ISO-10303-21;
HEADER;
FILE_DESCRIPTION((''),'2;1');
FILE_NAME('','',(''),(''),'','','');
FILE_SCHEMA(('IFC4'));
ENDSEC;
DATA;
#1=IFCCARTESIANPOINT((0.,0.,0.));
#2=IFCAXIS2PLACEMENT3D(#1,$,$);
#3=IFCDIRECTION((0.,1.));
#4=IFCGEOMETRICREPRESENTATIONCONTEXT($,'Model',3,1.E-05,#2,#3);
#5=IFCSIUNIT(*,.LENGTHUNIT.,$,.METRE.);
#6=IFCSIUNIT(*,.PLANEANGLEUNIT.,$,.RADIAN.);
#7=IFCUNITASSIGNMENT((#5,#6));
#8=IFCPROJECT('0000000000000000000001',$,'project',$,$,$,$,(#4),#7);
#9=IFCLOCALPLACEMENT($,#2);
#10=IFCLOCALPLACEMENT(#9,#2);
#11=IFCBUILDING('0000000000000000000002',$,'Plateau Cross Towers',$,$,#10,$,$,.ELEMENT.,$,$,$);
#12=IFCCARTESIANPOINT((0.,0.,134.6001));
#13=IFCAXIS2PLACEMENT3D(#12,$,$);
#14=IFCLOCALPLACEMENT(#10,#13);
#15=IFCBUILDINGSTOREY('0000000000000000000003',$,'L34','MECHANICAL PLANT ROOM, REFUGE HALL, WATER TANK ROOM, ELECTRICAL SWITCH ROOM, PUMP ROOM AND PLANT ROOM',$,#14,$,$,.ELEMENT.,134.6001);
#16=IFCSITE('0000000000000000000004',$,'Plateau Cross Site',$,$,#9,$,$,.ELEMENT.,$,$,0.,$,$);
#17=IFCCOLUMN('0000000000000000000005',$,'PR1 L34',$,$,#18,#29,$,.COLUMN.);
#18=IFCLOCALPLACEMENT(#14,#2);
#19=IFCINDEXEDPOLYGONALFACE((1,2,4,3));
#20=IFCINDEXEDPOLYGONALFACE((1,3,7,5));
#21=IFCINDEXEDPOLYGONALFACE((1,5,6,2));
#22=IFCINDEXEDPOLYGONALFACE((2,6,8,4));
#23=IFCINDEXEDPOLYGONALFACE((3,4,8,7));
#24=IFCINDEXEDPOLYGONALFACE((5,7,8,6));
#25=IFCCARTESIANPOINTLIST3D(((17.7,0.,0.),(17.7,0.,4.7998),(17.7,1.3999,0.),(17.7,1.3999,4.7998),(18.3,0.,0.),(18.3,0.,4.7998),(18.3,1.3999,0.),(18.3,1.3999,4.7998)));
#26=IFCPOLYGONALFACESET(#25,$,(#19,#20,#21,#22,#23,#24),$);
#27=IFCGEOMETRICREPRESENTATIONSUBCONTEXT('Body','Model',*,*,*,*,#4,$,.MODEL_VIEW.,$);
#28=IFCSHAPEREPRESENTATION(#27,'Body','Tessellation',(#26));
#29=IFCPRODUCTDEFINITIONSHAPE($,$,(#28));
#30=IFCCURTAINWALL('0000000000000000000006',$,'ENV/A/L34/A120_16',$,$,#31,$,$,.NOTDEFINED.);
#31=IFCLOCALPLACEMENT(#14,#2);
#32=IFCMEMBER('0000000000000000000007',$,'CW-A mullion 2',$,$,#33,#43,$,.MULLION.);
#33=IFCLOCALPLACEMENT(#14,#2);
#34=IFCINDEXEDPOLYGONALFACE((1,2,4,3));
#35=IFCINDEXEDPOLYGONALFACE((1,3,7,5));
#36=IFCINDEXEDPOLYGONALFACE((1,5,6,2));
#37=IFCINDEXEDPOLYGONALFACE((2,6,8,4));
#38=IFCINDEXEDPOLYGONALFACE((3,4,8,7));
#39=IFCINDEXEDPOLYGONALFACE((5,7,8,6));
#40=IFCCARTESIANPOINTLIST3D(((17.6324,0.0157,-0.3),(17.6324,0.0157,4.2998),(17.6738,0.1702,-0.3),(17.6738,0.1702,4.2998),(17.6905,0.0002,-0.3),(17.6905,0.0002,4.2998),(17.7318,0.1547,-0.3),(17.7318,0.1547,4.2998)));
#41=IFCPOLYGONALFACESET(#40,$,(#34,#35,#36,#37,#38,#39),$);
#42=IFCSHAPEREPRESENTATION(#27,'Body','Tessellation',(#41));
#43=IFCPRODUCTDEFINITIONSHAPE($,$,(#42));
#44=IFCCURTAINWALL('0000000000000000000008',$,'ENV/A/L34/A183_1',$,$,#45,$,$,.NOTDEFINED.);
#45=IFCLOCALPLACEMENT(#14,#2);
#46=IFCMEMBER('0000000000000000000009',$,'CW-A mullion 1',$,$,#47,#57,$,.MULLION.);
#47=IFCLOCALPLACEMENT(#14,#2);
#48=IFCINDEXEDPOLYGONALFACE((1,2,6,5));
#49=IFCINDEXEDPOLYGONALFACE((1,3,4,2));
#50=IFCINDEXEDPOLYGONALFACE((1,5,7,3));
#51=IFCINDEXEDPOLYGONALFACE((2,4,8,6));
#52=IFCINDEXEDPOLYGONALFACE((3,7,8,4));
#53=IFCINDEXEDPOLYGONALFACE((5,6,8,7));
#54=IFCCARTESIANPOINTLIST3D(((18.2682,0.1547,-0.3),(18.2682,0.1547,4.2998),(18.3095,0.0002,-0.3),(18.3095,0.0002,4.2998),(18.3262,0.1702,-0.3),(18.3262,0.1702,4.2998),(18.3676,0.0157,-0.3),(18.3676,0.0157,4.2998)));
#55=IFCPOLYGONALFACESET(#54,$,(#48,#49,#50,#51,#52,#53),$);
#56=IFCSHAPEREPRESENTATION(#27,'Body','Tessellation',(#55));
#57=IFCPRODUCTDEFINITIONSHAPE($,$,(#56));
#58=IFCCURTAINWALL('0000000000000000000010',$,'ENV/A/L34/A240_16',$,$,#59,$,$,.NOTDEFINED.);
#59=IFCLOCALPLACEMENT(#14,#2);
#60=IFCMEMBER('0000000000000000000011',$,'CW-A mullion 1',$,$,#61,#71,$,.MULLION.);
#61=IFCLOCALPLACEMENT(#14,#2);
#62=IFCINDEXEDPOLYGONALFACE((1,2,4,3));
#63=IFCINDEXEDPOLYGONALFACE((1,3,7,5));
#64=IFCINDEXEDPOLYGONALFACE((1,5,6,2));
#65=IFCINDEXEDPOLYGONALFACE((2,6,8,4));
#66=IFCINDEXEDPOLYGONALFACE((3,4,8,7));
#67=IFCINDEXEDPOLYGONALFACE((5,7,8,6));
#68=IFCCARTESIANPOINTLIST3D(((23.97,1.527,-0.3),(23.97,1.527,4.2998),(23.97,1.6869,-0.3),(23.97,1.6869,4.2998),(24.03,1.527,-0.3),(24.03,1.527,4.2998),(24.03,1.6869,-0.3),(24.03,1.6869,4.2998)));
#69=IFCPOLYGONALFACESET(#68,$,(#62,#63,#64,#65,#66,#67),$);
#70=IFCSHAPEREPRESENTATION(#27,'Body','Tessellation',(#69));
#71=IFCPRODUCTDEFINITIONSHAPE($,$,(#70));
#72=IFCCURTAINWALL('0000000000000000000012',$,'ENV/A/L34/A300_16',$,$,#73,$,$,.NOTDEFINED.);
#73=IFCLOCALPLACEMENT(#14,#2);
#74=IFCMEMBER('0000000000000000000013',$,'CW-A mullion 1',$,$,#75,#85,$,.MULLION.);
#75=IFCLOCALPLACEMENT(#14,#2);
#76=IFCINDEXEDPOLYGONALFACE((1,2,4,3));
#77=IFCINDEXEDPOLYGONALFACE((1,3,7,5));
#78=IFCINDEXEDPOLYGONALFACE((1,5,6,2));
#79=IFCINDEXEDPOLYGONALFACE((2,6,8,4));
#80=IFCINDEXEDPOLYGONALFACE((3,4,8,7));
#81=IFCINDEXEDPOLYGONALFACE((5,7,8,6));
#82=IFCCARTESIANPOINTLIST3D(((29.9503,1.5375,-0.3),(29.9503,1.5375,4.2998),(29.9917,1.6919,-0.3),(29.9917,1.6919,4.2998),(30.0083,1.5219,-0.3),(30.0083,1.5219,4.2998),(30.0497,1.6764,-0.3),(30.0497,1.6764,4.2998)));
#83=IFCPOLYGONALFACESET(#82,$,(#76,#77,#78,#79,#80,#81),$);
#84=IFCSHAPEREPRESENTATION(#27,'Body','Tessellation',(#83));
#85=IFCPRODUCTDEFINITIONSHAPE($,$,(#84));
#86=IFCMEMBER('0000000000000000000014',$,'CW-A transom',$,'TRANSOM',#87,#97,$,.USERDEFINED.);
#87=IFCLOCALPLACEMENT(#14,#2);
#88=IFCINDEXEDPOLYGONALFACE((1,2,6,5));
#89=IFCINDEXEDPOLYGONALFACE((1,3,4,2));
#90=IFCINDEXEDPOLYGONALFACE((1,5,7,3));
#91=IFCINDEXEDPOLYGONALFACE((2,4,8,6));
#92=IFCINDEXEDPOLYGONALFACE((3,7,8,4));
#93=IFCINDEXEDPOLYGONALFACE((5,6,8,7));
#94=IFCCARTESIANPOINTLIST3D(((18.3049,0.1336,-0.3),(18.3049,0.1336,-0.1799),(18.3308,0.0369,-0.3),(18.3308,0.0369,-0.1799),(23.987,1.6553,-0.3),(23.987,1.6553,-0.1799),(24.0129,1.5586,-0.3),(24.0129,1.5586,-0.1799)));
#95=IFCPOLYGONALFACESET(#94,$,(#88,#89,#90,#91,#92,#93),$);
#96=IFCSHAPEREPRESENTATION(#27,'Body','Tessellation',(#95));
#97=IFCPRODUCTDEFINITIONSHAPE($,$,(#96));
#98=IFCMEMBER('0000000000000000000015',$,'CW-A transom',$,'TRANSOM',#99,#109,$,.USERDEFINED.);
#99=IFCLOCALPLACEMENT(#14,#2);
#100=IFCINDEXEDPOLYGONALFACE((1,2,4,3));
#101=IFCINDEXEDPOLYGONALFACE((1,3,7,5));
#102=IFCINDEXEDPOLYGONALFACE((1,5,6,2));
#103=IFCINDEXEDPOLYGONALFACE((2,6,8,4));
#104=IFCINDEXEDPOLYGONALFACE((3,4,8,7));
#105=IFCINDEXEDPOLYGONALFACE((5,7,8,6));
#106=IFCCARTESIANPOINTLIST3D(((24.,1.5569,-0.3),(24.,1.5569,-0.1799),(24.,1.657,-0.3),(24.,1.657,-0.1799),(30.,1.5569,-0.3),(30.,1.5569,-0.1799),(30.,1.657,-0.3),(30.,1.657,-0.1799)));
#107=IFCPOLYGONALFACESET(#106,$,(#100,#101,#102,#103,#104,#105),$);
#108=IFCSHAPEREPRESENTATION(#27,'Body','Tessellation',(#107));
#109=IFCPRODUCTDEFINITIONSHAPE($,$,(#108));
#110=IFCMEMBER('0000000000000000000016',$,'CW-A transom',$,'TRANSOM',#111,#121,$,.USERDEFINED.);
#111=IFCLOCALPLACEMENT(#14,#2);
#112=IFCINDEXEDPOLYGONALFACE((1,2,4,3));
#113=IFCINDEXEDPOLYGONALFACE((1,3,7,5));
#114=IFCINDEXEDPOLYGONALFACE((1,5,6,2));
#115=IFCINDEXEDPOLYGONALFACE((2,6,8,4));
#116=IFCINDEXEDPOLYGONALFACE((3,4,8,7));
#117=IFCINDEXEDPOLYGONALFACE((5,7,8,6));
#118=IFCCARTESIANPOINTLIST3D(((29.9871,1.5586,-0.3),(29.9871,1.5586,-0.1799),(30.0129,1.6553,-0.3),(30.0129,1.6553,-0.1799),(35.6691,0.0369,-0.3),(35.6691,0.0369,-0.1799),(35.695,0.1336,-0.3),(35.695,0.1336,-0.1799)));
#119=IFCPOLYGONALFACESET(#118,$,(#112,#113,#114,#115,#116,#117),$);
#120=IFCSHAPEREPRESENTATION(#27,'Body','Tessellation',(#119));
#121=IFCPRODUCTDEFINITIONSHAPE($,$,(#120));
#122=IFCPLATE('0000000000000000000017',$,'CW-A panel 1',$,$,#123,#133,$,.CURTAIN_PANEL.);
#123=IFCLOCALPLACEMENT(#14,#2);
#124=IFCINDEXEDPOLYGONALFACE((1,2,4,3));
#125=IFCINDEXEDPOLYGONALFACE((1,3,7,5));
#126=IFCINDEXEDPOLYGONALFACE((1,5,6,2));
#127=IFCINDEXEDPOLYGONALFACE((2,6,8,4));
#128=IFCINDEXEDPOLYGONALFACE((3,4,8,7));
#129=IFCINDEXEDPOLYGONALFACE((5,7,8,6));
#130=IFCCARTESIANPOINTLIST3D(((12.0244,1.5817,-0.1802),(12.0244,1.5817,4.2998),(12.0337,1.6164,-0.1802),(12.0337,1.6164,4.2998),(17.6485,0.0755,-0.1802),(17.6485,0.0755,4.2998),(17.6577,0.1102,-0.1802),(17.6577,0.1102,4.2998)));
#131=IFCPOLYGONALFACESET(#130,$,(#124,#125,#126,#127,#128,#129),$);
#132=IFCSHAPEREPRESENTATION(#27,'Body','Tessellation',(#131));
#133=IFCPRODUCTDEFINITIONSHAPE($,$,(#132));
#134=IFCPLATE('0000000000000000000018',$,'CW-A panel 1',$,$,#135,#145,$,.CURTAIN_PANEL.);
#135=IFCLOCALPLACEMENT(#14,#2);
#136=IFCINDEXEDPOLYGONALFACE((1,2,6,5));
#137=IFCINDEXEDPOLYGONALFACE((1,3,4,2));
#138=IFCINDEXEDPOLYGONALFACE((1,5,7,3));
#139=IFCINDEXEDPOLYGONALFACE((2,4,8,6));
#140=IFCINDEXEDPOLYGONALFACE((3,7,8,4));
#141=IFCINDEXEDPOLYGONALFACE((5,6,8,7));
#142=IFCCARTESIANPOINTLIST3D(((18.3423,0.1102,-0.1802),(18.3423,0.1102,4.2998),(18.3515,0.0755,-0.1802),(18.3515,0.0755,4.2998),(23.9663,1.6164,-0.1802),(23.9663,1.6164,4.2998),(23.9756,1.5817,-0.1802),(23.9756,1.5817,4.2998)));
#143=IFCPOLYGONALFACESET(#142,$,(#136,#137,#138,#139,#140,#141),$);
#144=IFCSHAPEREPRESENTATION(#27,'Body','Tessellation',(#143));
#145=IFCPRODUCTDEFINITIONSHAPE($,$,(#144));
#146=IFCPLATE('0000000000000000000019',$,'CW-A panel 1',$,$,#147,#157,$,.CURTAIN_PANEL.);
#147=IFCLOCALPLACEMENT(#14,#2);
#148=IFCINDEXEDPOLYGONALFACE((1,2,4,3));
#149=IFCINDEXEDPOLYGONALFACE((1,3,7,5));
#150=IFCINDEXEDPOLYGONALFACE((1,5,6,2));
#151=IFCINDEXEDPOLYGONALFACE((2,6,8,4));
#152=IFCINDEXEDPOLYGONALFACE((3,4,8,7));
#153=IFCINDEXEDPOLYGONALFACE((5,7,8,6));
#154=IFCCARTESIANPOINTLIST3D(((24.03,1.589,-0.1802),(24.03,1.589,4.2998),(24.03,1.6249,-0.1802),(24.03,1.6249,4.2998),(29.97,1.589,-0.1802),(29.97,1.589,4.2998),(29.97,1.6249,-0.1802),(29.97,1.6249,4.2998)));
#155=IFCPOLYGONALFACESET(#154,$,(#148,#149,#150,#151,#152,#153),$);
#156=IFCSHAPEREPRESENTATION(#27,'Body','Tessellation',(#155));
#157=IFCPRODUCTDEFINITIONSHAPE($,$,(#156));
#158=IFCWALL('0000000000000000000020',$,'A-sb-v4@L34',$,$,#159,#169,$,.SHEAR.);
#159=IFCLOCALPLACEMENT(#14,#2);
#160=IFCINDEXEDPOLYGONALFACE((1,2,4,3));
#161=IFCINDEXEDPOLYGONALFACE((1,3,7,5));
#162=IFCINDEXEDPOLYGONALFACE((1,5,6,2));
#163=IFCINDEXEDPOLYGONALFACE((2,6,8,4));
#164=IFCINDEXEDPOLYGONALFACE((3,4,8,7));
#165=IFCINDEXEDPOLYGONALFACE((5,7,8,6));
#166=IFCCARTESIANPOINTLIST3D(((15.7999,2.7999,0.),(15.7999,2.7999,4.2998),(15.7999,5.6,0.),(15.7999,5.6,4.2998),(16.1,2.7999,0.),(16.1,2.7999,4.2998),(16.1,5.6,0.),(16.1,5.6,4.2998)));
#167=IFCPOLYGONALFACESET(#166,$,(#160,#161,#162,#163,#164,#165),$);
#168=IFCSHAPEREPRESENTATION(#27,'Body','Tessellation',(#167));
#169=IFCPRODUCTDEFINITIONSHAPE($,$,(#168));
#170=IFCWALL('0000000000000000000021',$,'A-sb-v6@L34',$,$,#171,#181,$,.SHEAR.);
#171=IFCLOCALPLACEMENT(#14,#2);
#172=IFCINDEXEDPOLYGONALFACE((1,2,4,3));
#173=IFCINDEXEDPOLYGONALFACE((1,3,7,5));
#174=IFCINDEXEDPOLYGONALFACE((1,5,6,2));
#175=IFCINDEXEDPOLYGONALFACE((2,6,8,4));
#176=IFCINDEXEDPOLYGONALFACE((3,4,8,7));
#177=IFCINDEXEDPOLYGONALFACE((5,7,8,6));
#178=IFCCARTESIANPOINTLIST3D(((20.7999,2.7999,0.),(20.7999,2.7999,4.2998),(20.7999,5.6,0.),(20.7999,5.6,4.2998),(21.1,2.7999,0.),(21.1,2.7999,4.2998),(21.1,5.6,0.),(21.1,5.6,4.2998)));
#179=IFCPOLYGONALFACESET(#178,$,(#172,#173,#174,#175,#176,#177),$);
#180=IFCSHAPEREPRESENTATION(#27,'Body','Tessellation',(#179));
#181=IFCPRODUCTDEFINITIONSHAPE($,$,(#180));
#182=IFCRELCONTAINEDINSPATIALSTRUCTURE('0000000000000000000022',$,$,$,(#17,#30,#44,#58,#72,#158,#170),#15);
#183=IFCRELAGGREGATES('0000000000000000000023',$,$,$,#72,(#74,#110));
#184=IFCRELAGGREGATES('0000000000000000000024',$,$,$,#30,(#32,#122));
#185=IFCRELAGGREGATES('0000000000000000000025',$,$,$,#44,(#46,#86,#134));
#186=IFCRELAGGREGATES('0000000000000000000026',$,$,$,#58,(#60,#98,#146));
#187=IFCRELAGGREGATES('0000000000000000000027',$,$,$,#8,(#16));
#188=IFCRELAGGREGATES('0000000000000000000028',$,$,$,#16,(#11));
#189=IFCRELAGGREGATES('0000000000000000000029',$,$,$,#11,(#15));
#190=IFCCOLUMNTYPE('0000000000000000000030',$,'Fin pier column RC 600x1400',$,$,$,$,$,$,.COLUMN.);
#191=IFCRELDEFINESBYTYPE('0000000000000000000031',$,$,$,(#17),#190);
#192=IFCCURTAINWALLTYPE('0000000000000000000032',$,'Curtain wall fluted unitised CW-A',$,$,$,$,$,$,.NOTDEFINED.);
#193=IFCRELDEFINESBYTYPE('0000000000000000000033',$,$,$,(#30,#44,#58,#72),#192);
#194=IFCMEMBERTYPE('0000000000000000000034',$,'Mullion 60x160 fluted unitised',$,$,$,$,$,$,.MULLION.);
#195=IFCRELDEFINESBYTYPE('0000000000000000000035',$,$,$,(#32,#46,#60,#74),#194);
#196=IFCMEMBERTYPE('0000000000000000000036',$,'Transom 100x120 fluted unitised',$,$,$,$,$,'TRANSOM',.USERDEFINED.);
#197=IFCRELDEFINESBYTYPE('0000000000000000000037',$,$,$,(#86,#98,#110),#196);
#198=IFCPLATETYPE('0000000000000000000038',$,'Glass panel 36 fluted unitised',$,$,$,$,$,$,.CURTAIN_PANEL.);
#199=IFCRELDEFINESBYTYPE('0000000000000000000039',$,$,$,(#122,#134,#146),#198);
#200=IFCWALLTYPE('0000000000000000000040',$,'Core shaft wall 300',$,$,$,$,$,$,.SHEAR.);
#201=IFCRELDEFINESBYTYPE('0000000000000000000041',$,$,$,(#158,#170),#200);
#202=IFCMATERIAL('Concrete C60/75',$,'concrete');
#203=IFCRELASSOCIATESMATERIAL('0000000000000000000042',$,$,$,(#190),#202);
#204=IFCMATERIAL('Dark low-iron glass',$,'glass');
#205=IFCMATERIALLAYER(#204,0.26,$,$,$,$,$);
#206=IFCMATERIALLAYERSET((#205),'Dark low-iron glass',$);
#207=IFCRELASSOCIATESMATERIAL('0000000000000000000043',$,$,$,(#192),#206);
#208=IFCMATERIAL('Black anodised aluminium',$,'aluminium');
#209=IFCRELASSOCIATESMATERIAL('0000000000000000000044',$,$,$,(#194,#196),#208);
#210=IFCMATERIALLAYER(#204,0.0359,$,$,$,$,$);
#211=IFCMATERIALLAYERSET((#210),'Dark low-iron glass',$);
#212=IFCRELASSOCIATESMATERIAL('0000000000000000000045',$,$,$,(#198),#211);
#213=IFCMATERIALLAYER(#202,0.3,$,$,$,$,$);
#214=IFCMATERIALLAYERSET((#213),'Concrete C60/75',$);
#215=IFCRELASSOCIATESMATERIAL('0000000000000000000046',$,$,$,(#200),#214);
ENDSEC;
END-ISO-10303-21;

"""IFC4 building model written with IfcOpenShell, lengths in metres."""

from ifc_helpers import new_model, si_unit, direction, frame, frame_2d, origin, origin_2d, place, context, subcontext, project, spatial, rectangle, extrude, material, layer, layer_set, material_profile, profile_set, type_object, element, aggregate, save


model = new_model("IFC4")

# Units and contexts
model_context = context("Model", 3, precision=1e-05, world=origin(), true_north=direction((0.0, 1.0)))
body_context = subcontext(model_context, "Body", "Model", "MODEL_VIEW")
ifc_project = project(units=[si_unit("LENGTHUNIT", "METRE"), si_unit("PLANEANGLEUNIT", "RADIAN")], contexts=[model_context])

# Site, building, storey
site_placement = place(None, origin())
site = spatial("IfcSite", under=ifc_project, at=site_placement, Name="Plateau Cross Site", CompositionType="ELEMENT", RefElevation=0.0)
building_placement = place(site_placement, origin())
building = spatial("IfcBuilding", under=site, at=building_placement, Name="Plateau Cross Towers", CompositionType="ELEMENT")
storey_placement = place(building_placement, frame((0.0, 0.0, 134.6001)))
storey = spatial("IfcBuildingStorey", under=building, at=storey_placement, Name="L34", Description="MECHANICAL PLANT ROOM, REFUGE HALL, WATER TANK ROOM, ELECTRICAL SWITCH ROOM, PUMP ROOM AND PLANT ROOM", CompositionType="ELEMENT", Elevation=134.6001)

# Column
ifc_material_1 = material(Name="Concrete C60/75", Category="concrete")
ifc_material_profile_1 = material_profile(ifc_material_1, rectangle(XDim=0.6001, YDim=1.3999, at=origin_2d()), Name="RC 600x1400")
ifc_profile_set_1 = profile_set([ifc_material_profile_1], Name="Concrete C60/75")
column_type = type_object("IfcColumnType", Name="Fin pier column RC 600x1400", PredefinedType="COLUMN", material=ifc_profile_set_1)
column_placement = place(storey_placement, frame((18.0, 0.7, 0.0), z_axis=(0.0, 0.0, 1.0), x_axis=(1.0, 0.0, 0.0)))
element("IfcColumn", 1, at=column_placement, inside=storey, type_object=column_type, Name="PR1 L34", PredefinedType="COLUMN", context=body_context, shape_type="SweptSolid", body=[
    extrude(rectangle(XDim=0.6001, YDim=1.3999, at=origin_2d()), origin(), (0.0, 0.0, 1.0), 4.7998),
])

# Curtain walls, members
ifc_material_2 = material(Name="Dark low-iron glass", Category="glass")
ifc_layer_1 = layer(ifc_material_2, 0.26)
ifc_layer_set_1 = layer_set([ifc_layer_1], Name="Dark low-iron glass")
curtain_wall_type = type_object("IfcCurtainWallType", Name="Curtain wall fluted unitised CW-A", PredefinedType="NOTDEFINED", material=ifc_layer_set_1)
curtain_wall_1_placement = place(storey_placement, origin())
curtain_wall_1 = element("IfcCurtainWall", 2, at=curtain_wall_1_placement, inside=storey, type_object=curtain_wall_type, Name="ENV/A/L34/A120_16", PredefinedType="NOTDEFINED")
ifc_material_3 = material(Name="Black anodised aluminium", Category="aluminium")
ifc_material_profile_2 = material_profile(ifc_material_3, rectangle(XDim=0.0601, YDim=0.1599, at=origin_2d()), Name="MULLION 60x160")
ifc_profile_set_2 = profile_set([ifc_material_profile_2], Name="Black anodised aluminium")
member_type_1 = type_object("IfcMemberType", Name="Mullion 60x160 fluted unitised", PredefinedType="MULLION", material=ifc_profile_set_2)
member_1_placement = place(storey_placement, frame((17.6821, 0.0852, -0.3), z_axis=(0.0, 0.0, 1.0), x_axis=(0.965958, -0.258699, 0.0)))
member_1 = element("IfcMember", 3, at=member_1_placement, type_object=member_type_1, Name="CW-A mullion 2", PredefinedType="MULLION", context=body_context, shape_type="SweptSolid", body=[
    extrude(rectangle(XDim=0.0601, YDim=0.1599, at=origin_2d()), origin(), (0.0, 0.0, 1.0), 4.5999),
])
curtain_wall_2_placement = place(storey_placement, origin())
curtain_wall_2 = element("IfcCurtainWall", 4, at=curtain_wall_2_placement, inside=storey, type_object=curtain_wall_type, Name="ENV/A/L34/A183_1", PredefinedType="NOTDEFINED")
member_2_placement = place(storey_placement, frame((18.3179, 0.0852, -0.3), z_axis=(0.0, 0.0, 1.0), x_axis=(0.965958, 0.258699, 0.0)))
member_2 = element("IfcMember", 5, at=member_2_placement, type_object=member_type_1, Name="CW-A mullion 1", PredefinedType="MULLION", context=body_context, shape_type="SweptSolid", body=[
    extrude(rectangle(XDim=0.0601, YDim=0.1599, at=origin_2d()), origin(), (0.0, 0.0, 1.0), 4.5999),
])
curtain_wall_3_placement = place(storey_placement, origin())
curtain_wall_3 = element("IfcCurtainWall", 6, at=curtain_wall_3_placement, inside=storey, type_object=curtain_wall_type, Name="ENV/A/L34/A240_16", PredefinedType="NOTDEFINED")
member_3_placement = place(storey_placement, frame((24.0, 1.6069, -0.3), z_axis=(0.0, 0.0, 1.0), x_axis=(1.0, 0.0, 0.0)))
member_3 = element("IfcMember", 7, at=member_3_placement, type_object=member_type_1, Name="CW-A mullion 1", PredefinedType="MULLION", context=body_context, shape_type="SweptSolid", body=[
    extrude(rectangle(XDim=0.0601, YDim=0.1599, at=origin_2d()), origin(), (0.0, 0.0, 1.0), 4.5999),
])
curtain_wall_4_placement = place(storey_placement, origin())
curtain_wall_4 = element("IfcCurtainWall", 8, at=curtain_wall_4_placement, inside=storey, type_object=curtain_wall_type, Name="ENV/A/L34/A300_16", PredefinedType="NOTDEFINED")
member_4_placement = place(storey_placement, frame((30.0, 1.6069, -0.3), z_axis=(0.0, 0.0, 1.0), x_axis=(0.965958, -0.258699, 0.0)))
member_4 = element("IfcMember", 9, at=member_4_placement, type_object=member_type_1, Name="CW-A mullion 1", PredefinedType="MULLION", context=body_context, shape_type="SweptSolid", body=[
    extrude(rectangle(XDim=0.0601, YDim=0.1599, at=origin_2d()), origin(), (0.0, 0.0, 1.0), 4.5999),
])

# Members
ifc_material_profile_3 = material_profile(ifc_material_3, rectangle(XDim=0.1001, YDim=0.1201, at=origin_2d()), Name="TRANSOM 100x120")
ifc_profile_set_3 = profile_set([ifc_material_profile_3], Name="Black anodised aluminium")
member_type_2 = type_object("IfcMemberType", Name="Transom 100x120 fluted unitised", ElementType="TRANSOM", PredefinedType="USERDEFINED", material=ifc_profile_set_3)
member_5_placement = place(storey_placement, frame((18.3179, 0.0852, -0.24), z_axis=(0.96596, 0.258693, 0.0), x_axis=(-0.258693, 0.96596, 0.0)))
member_5 = element("IfcMember", 10, at=member_5_placement, type_object=member_type_2, Name="CW-A transom", ObjectType="TRANSOM", PredefinedType="USERDEFINED", context=body_context, shape_type="SweptSolid", body=[
    extrude(rectangle(XDim=0.1001, YDim=0.1201, at=origin_2d()), origin(), (0.0, 0.0, 1.0), 5.8823),
])
member_6_placement = place(storey_placement, frame((24.0, 1.6069, -0.24), z_axis=(1.0, 0.0, 0.0), x_axis=(0.0, 1.0, 0.0)))
member_6 = element("IfcMember", 11, at=member_6_placement, type_object=member_type_2, Name="CW-A transom", ObjectType="TRANSOM", PredefinedType="USERDEFINED", context=body_context, shape_type="SweptSolid", body=[
    extrude(rectangle(XDim=0.1001, YDim=0.1201, at=origin_2d()), origin(), (0.0, 0.0, 1.0), 6.0),
])
member_7_placement = place(storey_placement, frame((30.0, 1.6069, -0.24), z_axis=(0.96596, -0.258693, 0.0), x_axis=(0.258693, 0.96596, 0.0)))
member_7 = element("IfcMember", 12, at=member_7_placement, type_object=member_type_2, Name="CW-A transom", ObjectType="TRANSOM", PredefinedType="USERDEFINED", context=body_context, shape_type="SweptSolid", body=[
    extrude(rectangle(XDim=0.1001, YDim=0.1201, at=origin_2d()), origin(), (0.0, 0.0, 1.0), 5.8823),
])
aggregate(curtain_wall_4, [member_4, member_7])

# Plates
ifc_layer_2 = layer(ifc_material_2, 0.0359)
ifc_layer_set_2 = layer_set([ifc_layer_2], Name="Dark low-iron glass")
plate_type = type_object("IfcPlateType", Name="Glass panel 36 fluted unitised", PredefinedType="CURTAIN_PANEL", material=ifc_layer_set_2)
plate_1_placement = place(storey_placement, frame((14.8411, 0.8459, -0.1802), z_axis=(0.0, 0.0, 1.0), x_axis=(0.965958, -0.258699, 0.0)))
plate_1 = element("IfcPlate", 13, at=plate_1_placement, type_object=plate_type, Name="CW-A panel 1", PredefinedType="CURTAIN_PANEL", context=body_context, shape_type="SweptSolid", body=[
    extrude(rectangle(XDim=5.8223, YDim=0.0359, at=origin_2d()), origin(), (0.0, 0.0, 1.0), 4.48),
])
aggregate(curtain_wall_1, [member_1, plate_1])
plate_2_placement = place(storey_placement, frame((21.1589, 0.8459, -0.1802), z_axis=(0.0, 0.0, 1.0), x_axis=(0.965958, 0.258699, 0.0)))
plate_2 = element("IfcPlate", 14, at=plate_2_placement, type_object=plate_type, Name="CW-A panel 1", PredefinedType="CURTAIN_PANEL", context=body_context, shape_type="SweptSolid", body=[
    extrude(rectangle(XDim=5.8223, YDim=0.0359, at=origin_2d()), origin(), (0.0, 0.0, 1.0), 4.48),
])
aggregate(curtain_wall_2, [member_2, member_5, plate_2])
plate_3_placement = place(storey_placement, frame((27.0, 1.6069, -0.1802), z_axis=(0.0, 0.0, 1.0), x_axis=(1.0, 0.0, 0.0)))
plate_3 = element("IfcPlate", 15, at=plate_3_placement, type_object=plate_type, Name="CW-A panel 1", PredefinedType="CURTAIN_PANEL", context=body_context, shape_type="SweptSolid", body=[
    extrude(rectangle(XDim=5.9399, YDim=0.0359, at=origin_2d()), origin(), (0.0, 0.0, 1.0), 4.48),
])
aggregate(curtain_wall_3, [member_3, member_6, plate_3])

# Walls
ifc_layer_3 = layer(ifc_material_1, 0.3)
ifc_layer_set_3 = layer_set([ifc_layer_3], Name="Concrete C60/75")
wall_type_1 = type_object("IfcWallType", Name="Core shaft wall 300", PredefinedType="SHEAR", material=ifc_layer_set_3)
for number, where, z_axis, x_axis, name in (
    (16, (15.95, 2.8, 0.0), (0.0, 0.0, 1.0), (0.0, 1.0, 0.0), "A-sb-v4@L34"),
    (17, (20.95, 2.8, 0.0), (0.0, 0.0, 1.0), (0.0, 1.0, 0.0), "A-sb-v6@L34"),
):
    element("IfcWall", number, at=place(storey_placement, frame(where, z_axis=z_axis, x_axis=x_axis)), inside=storey, type_object=wall_type_1, Name=name, PredefinedType="SHEAR", context=body_context, shape_type="SweptSolid", body=[
        extrude(rectangle(XDim=2.8, YDim=0.3, at=frame_2d((1.3999, 0.0))), origin(), (0.0, 0.0, 1.0), 4.2998),
    ])

save(model, "model.ifc")
